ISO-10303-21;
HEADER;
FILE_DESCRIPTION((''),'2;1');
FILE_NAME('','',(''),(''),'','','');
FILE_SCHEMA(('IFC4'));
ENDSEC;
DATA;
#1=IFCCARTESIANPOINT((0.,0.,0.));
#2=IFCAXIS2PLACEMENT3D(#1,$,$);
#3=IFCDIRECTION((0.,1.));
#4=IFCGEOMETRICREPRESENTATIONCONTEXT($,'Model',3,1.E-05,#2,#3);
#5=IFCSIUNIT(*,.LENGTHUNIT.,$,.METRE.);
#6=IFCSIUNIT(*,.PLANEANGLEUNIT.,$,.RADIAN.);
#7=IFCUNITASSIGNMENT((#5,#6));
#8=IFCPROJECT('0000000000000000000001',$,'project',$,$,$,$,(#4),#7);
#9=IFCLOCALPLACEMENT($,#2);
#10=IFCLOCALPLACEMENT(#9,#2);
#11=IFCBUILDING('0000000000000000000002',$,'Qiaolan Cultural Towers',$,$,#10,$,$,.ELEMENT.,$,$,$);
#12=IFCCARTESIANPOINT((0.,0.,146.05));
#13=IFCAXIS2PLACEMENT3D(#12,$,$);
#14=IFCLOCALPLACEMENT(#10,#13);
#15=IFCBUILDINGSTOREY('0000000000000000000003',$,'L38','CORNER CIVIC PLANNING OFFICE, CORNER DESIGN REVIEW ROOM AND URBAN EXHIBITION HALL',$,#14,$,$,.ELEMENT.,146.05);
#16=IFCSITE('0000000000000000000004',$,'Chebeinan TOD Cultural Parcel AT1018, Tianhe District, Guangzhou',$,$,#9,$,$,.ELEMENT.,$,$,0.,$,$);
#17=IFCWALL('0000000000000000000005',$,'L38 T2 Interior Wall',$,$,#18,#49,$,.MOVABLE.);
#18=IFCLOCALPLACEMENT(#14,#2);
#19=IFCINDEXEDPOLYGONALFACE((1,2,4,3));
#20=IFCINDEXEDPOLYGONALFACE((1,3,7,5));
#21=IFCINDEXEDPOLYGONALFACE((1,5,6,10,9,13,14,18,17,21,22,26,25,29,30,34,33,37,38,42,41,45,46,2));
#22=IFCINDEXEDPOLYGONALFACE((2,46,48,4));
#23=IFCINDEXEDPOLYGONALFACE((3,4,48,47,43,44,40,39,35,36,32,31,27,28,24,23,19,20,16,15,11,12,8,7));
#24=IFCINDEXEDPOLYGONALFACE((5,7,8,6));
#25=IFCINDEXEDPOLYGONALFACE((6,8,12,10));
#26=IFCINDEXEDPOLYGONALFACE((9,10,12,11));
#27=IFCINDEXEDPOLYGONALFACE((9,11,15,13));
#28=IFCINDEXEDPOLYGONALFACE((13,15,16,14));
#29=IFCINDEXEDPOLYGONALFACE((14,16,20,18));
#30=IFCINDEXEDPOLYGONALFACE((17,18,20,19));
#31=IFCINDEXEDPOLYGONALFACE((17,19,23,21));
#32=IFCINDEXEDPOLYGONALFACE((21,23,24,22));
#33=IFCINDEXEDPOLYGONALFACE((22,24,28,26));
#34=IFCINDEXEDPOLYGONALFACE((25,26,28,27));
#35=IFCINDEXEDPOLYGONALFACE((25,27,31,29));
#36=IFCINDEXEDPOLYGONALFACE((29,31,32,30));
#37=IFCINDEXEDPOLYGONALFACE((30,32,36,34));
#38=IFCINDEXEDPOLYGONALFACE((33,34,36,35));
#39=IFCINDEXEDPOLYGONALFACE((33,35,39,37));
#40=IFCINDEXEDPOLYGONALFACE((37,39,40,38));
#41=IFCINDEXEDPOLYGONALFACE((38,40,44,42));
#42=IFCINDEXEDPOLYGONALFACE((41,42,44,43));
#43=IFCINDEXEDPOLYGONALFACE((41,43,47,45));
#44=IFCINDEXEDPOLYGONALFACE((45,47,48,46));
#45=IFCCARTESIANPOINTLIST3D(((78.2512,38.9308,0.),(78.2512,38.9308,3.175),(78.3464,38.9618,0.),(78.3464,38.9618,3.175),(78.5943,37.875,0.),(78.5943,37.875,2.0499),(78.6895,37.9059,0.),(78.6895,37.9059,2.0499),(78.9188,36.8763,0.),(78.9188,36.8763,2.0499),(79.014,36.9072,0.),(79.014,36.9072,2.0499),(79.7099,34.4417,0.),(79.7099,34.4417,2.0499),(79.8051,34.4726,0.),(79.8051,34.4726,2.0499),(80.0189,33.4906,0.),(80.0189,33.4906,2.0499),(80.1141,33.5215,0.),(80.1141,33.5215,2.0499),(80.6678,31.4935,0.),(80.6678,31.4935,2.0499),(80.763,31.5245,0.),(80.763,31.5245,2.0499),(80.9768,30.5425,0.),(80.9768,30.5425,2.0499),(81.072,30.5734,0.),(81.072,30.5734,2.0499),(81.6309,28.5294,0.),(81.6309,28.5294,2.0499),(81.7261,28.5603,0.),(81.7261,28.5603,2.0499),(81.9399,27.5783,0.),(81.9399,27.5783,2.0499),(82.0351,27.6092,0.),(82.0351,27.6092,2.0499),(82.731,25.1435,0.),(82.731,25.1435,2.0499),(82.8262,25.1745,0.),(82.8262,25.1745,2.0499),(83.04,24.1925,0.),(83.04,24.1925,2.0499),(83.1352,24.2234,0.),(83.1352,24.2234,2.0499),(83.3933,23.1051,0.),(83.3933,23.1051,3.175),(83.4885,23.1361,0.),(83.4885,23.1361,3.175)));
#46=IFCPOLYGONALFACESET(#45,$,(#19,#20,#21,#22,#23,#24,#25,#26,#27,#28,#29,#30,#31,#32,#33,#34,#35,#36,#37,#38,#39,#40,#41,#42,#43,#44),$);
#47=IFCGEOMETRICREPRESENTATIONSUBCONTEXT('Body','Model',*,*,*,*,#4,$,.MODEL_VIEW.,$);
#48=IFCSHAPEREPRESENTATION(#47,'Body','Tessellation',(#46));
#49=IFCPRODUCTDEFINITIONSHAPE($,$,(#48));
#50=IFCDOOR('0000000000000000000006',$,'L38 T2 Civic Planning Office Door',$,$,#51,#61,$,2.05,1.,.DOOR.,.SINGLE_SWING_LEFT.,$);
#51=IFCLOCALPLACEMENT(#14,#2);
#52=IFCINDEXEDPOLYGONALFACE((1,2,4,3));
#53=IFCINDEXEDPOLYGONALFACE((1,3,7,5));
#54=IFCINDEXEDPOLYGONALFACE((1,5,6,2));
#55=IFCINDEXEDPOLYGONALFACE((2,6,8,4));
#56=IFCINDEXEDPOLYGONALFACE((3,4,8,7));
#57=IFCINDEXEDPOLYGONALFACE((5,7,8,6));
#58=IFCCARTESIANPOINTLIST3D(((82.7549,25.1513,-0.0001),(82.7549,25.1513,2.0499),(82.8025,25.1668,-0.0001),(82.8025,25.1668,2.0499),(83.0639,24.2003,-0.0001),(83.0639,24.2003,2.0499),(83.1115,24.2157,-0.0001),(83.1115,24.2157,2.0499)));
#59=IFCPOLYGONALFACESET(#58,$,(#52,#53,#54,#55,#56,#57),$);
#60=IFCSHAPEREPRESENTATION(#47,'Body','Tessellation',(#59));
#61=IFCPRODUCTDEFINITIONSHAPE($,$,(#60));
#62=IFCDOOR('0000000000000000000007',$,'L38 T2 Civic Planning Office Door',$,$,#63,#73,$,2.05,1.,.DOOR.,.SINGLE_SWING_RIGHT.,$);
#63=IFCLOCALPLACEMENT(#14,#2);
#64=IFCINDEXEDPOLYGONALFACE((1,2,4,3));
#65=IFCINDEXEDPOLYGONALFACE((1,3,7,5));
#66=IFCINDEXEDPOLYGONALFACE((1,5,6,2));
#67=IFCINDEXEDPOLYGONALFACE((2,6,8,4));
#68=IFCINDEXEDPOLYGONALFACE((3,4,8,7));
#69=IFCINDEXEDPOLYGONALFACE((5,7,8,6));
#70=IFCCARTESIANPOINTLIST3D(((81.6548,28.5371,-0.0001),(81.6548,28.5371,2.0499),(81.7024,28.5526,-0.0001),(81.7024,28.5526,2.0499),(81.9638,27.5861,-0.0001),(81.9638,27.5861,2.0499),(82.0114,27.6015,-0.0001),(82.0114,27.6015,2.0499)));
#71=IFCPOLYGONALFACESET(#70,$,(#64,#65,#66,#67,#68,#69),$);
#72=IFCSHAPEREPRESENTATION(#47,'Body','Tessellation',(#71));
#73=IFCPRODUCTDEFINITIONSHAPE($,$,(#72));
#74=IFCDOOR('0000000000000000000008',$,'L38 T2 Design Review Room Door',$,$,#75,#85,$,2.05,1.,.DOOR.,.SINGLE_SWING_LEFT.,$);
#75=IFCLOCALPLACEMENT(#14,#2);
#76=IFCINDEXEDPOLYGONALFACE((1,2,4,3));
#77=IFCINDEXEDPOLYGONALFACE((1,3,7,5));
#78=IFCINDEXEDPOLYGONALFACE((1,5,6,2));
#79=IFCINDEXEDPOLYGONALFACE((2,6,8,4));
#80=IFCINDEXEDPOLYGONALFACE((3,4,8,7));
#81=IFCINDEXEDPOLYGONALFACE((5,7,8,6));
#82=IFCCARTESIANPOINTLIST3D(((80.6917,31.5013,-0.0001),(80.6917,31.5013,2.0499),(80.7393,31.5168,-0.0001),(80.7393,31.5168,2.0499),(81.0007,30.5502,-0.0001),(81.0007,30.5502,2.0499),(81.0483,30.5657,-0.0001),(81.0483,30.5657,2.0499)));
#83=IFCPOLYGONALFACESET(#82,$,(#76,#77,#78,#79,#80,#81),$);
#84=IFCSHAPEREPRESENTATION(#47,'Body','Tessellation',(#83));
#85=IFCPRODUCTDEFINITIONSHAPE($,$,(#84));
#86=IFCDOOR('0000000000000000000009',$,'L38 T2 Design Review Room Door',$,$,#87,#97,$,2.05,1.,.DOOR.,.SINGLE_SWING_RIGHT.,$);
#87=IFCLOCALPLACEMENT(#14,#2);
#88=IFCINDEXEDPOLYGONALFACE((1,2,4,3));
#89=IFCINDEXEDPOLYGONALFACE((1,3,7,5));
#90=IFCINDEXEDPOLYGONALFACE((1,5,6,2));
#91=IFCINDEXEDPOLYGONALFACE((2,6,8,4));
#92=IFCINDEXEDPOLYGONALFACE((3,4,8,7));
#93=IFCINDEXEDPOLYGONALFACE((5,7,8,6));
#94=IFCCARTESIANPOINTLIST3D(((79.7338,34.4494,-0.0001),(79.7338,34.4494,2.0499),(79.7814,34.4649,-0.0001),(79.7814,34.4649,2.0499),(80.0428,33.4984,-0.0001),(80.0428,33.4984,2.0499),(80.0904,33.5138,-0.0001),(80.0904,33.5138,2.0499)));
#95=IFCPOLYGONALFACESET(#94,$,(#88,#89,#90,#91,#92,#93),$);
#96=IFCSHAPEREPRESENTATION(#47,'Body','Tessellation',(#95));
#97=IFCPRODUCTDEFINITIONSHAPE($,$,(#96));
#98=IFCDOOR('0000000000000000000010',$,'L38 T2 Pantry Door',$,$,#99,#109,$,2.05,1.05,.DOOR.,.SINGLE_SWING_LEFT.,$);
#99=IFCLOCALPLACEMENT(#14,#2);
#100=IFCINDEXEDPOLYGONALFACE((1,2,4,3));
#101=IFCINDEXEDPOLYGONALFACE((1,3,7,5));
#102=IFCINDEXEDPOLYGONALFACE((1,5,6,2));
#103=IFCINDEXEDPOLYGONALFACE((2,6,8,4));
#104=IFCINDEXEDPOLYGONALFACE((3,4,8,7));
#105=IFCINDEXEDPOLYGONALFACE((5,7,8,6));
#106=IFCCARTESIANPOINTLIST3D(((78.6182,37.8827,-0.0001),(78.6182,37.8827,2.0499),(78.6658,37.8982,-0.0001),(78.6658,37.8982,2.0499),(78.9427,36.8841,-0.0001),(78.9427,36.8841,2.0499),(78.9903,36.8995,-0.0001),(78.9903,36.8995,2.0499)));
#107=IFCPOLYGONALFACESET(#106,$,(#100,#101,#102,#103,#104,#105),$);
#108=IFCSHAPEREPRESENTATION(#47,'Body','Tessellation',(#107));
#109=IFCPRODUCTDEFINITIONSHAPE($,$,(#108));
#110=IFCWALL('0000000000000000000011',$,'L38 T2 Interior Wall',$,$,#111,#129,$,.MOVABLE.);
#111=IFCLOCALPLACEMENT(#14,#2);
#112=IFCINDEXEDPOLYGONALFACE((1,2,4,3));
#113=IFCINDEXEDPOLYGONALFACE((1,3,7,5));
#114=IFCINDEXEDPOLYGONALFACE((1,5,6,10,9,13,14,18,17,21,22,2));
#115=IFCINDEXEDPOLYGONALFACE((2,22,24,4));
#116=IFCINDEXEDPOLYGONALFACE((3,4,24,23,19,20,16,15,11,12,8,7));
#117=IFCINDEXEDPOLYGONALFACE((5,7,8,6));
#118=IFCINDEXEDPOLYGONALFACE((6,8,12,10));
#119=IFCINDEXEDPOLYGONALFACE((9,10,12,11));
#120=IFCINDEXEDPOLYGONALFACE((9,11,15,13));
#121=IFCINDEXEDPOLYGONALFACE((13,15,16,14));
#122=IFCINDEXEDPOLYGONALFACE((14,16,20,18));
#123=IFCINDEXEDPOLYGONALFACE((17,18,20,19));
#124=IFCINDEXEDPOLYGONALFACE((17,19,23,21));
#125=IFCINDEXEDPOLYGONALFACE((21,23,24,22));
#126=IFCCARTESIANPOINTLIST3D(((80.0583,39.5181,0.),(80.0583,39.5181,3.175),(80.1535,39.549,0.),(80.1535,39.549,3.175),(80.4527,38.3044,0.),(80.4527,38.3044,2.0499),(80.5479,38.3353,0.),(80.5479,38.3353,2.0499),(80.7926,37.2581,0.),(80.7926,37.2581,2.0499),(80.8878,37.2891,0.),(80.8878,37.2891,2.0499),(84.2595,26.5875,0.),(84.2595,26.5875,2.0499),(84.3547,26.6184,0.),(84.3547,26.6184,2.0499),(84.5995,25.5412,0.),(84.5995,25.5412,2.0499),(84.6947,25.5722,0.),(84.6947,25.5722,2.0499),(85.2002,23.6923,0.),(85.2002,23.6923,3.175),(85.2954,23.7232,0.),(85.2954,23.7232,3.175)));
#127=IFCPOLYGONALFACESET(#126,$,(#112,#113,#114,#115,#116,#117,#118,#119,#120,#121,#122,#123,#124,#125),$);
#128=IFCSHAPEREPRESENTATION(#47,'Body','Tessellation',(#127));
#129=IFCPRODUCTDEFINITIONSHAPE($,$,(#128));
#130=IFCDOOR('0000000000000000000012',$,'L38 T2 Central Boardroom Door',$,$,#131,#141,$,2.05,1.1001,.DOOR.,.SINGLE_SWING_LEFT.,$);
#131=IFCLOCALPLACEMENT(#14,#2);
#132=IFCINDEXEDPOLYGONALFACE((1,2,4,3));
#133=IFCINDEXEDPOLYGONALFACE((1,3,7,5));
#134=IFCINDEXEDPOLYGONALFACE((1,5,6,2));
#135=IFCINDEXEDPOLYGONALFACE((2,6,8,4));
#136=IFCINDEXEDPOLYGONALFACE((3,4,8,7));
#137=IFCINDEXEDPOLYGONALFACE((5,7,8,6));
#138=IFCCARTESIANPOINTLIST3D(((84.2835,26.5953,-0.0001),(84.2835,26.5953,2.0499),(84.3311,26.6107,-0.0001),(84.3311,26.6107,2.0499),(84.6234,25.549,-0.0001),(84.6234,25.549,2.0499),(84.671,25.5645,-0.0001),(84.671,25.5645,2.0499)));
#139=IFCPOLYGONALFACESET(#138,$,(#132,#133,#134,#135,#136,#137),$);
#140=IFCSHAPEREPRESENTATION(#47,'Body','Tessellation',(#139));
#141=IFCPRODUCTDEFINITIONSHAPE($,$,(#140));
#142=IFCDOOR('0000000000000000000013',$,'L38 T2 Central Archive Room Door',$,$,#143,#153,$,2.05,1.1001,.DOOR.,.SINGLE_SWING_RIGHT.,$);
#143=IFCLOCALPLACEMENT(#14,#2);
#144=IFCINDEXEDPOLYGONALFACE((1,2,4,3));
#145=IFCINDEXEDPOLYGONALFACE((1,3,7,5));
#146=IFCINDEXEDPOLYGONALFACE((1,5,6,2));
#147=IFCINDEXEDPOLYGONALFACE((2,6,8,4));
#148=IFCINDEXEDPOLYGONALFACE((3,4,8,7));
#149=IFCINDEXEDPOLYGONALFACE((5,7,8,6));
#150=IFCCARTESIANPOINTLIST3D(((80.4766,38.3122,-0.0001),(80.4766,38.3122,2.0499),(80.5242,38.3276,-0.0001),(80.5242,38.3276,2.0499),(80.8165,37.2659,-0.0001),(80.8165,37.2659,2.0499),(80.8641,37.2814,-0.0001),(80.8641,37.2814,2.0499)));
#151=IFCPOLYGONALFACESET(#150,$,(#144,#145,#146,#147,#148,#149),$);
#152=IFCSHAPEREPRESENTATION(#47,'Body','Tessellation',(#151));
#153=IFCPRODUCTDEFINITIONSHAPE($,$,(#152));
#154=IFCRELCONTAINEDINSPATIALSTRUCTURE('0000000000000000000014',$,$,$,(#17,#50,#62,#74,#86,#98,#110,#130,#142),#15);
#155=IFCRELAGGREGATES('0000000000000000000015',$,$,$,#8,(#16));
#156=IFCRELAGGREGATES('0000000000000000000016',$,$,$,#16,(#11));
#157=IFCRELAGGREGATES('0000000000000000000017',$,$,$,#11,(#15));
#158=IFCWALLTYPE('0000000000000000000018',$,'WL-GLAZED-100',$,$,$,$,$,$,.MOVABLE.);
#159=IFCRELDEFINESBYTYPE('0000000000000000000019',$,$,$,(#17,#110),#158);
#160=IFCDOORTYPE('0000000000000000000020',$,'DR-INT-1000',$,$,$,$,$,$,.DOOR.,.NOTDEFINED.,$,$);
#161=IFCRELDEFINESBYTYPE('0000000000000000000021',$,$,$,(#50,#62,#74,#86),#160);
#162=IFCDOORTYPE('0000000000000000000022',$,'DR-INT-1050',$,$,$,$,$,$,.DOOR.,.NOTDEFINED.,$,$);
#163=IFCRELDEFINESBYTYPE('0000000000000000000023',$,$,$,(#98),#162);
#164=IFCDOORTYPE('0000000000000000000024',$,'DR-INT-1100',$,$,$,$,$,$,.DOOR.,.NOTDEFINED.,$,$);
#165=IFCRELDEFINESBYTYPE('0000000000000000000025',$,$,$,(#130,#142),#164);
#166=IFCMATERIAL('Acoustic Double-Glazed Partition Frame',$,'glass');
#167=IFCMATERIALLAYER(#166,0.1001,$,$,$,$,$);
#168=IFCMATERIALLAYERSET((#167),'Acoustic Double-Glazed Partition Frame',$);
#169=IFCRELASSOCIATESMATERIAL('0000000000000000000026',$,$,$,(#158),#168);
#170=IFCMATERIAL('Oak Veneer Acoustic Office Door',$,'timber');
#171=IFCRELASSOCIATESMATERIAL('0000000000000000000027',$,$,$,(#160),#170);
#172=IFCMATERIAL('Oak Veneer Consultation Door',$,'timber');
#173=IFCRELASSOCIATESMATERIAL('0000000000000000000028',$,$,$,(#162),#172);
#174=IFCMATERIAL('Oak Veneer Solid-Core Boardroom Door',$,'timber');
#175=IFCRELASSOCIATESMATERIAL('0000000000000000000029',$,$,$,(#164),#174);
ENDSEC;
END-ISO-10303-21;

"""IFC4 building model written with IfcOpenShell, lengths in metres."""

from ifc_helpers import new_model, si_unit, direction, frame, frame_2d, origin, place, context, subcontext, project, spatial, rectangle, extrude, material, layer, layer_set, type_object, element, fill, save


model = new_model("IFC4")

# Units and contexts
model_context = context("Model", 3, precision=1e-05, world=origin(), true_north=direction((0.0, 1.0)))
body_context = subcontext(model_context, "Body", "Model", "MODEL_VIEW")
ifc_project = project(units=[si_unit("LENGTHUNIT", "METRE"), si_unit("PLANEANGLEUNIT", "RADIAN")], contexts=[model_context])

# Site, building, storey
site_placement = place(None, origin())
site = spatial("IfcSite", under=ifc_project, at=site_placement, Name="Chebeinan TOD Cultural Parcel AT1018, Tianhe District, Guangzhou", CompositionType="ELEMENT", RefElevation=0.0)
building_placement = place(site_placement, origin())
building = spatial("IfcBuilding", under=site, at=building_placement, Name="Qiaolan Cultural Towers", CompositionType="ELEMENT")
storey_placement = place(building_placement, frame((0.0, 0.0, 146.05)))
storey = spatial("IfcBuildingStorey", under=building, at=storey_placement, Name="L38", Description="CORNER CIVIC PLANNING OFFICE, CORNER DESIGN REVIEW ROOM AND URBAN EXHIBITION HALL", CompositionType="ELEMENT", Elevation=146.05)

# Shared definitions
ifc_material_1 = material(Name="Acoustic Double-Glazed Partition Frame", Category="glass")
ifc_layer_1 = layer(ifc_material_1, 0.1001)
ifc_layer_set_1 = layer_set([ifc_layer_1], Name="Acoustic Double-Glazed Partition Frame")
wall_type_1 = type_object("IfcWallType", Name="WL-GLAZED-100", PredefinedType="MOVABLE", material=ifc_layer_set_1)

# Walls, openings, doors
wall_1_placement = place(storey_placement, frame((83.4409, 23.1206, 0.0), z_axis=(0.0, 0.0, 1.0), x_axis=(-0.309018, 0.951056, 0.0)))
wall_1 = element("IfcWall", 1, at=wall_1_placement, inside=storey, type_object=wall_type_1, Name="L38 T2 Interior Wall", PredefinedType="MOVABLE", context=body_context, shape_type="SweptSolid", body=[
    extrude(rectangle(XDim=16.6401, YDim=0.1001, at=frame_2d((8.3201, 0.0))), origin(), (0.0, 0.0, 1.0), 3.175),
])
opening_1_placement = place(wall_1_placement, frame((1.1433, 0.0, 0.0)))
opening_1 = element("IfcOpeningElement", 2, at=opening_1_placement, cuts=wall_1, PredefinedType="OPENING", context=body_context, shape_type="SweptSolid", body=[
    extrude(rectangle(XDim=1.0, YDim=2.05, at=frame_2d((0.5, 1.0249))), frame((0.0, 0.0601, 0.0), z_axis=(0.0, -1.0, 0.0), x_axis=(1.0, 0.0, 0.0)), (0.0, 0.0, 1.0), 0.1201),
])
opening_2_placement = place(wall_1_placement, frame((4.7034, 0.0, 0.0)))
opening_2 = element("IfcOpeningElement", 3, at=opening_2_placement, cuts=wall_1, PredefinedType="OPENING", context=body_context, shape_type="SweptSolid", body=[
    extrude(rectangle(XDim=1.0, YDim=2.05, at=frame_2d((0.5, 1.0249))), frame((0.0, 0.0601, 0.0), z_axis=(0.0, -1.0, 0.0), x_axis=(1.0, 0.0, 0.0)), (0.0, 0.0, 1.0), 0.1201),
])
opening_3_placement = place(wall_1_placement, frame((7.8201, 0.0, 0.0)))
opening_3 = element("IfcOpeningElement", 4, at=opening_3_placement, cuts=wall_1, PredefinedType="OPENING", context=body_context, shape_type="SweptSolid", body=[
    extrude(rectangle(XDim=1.0, YDim=2.05, at=frame_2d((0.5, 1.0249))), frame((0.0, 0.0601, 0.0), z_axis=(0.0, -1.0, 0.0), x_axis=(1.0, 0.0, 0.0)), (0.0, 0.0, 1.0), 0.1201),
])
opening_4_placement = place(wall_1_placement, frame((10.9199, 0.0, 0.0)))
opening_4 = element("IfcOpeningElement", 5, at=opening_4_placement, cuts=wall_1, PredefinedType="OPENING", context=body_context, shape_type="SweptSolid", body=[
    extrude(rectangle(XDim=1.0, YDim=2.05, at=frame_2d((0.5, 1.0249))), frame((0.0, 0.0601, 0.0), z_axis=(0.0, -1.0, 0.0), x_axis=(1.0, 0.0, 0.0)), (0.0, 0.0, 1.0), 0.1201),
])
opening_5_placement = place(wall_1_placement, frame((14.48, 0.0, 0.0)))
opening_5 = element("IfcOpeningElement", 6, at=opening_5_placement, cuts=wall_1, PredefinedType="OPENING", context=body_context, shape_type="SweptSolid", body=[
    extrude(rectangle(XDim=1.05, YDim=2.05, at=frame_2d((0.5249, 1.0249))), frame((0.0, 0.0601, 0.0), z_axis=(0.0, -1.0, 0.0), x_axis=(1.0, 0.0, 0.0)), (0.0, 0.0, 1.0), 0.1201),
])
ifc_material_2 = material(Name="Oak Veneer Acoustic Office Door", Category="timber")
door_type_1 = type_object("IfcDoorType", Name="DR-INT-1000", OperationType="NOTDEFINED", PredefinedType="DOOR", material=ifc_material_2)
door_1_placement = place(opening_1_placement, origin())
door_1 = element("IfcDoor", 7, at=door_1_placement, inside=storey, type_object=door_type_1, Name="L38 T2 Civic Planning Office Door", OperationType="SINGLE_SWING_LEFT", OverallHeight=2.05, OverallWidth=1.0, PredefinedType="DOOR", context=body_context, shape_type="SweptSolid", body=[
    extrude(rectangle(XDim=1.0, YDim=2.05, at=frame_2d((0.5, 1.0249))), frame((0.0, 0.0249, 0.0), z_axis=(0.0, -1.0, 0.0), x_axis=(1.0, 0.0, 0.0)), (0.0, 0.0, 1.0), 0.05),
])
fill(opening_1, door_1)
door_2_placement = place(opening_2_placement, origin())
door_2 = element("IfcDoor", 8, at=door_2_placement, inside=storey, type_object=door_type_1, Name="L38 T2 Civic Planning Office Door", OperationType="SINGLE_SWING_RIGHT", OverallHeight=2.05, OverallWidth=1.0, PredefinedType="DOOR", context=body_context, shape_type="SweptSolid", body=[
    extrude(rectangle(XDim=1.0, YDim=2.05, at=frame_2d((0.5, 1.0249))), frame((0.0, 0.0249, 0.0), z_axis=(0.0, -1.0, 0.0), x_axis=(1.0, 0.0, 0.0)), (0.0, 0.0, 1.0), 0.05),
])
fill(opening_2, door_2)
door_3_placement = place(opening_3_placement, origin())
door_3 = element("IfcDoor", 9, at=door_3_placement, inside=storey, type_object=door_type_1, Name="L38 T2 Design Review Room Door", OperationType="SINGLE_SWING_LEFT", OverallHeight=2.05, OverallWidth=1.0, PredefinedType="DOOR", context=body_context, shape_type="SweptSolid", body=[
    extrude(rectangle(XDim=1.0, YDim=2.05, at=frame_2d((0.5, 1.0249))), frame((0.0, 0.0249, 0.0), z_axis=(0.0, -1.0, 0.0), x_axis=(1.0, 0.0, 0.0)), (0.0, 0.0, 1.0), 0.05),
])
fill(opening_3, door_3)
door_4_placement = place(opening_4_placement, origin())
door_4 = element("IfcDoor", 10, at=door_4_placement, inside=storey, type_object=door_type_1, Name="L38 T2 Design Review Room Door", OperationType="SINGLE_SWING_RIGHT", OverallHeight=2.05, OverallWidth=1.0, PredefinedType="DOOR", context=body_context, shape_type="SweptSolid", body=[
    extrude(rectangle(XDim=1.0, YDim=2.05, at=frame_2d((0.5, 1.0249))), frame((0.0, 0.0249, 0.0), z_axis=(0.0, -1.0, 0.0), x_axis=(1.0, 0.0, 0.0)), (0.0, 0.0, 1.0), 0.05),
])
fill(opening_4, door_4)
ifc_material_3 = material(Name="Oak Veneer Consultation Door", Category="timber")
door_type_2 = type_object("IfcDoorType", Name="DR-INT-1050", OperationType="NOTDEFINED", PredefinedType="DOOR", material=ifc_material_3)
door_5_placement = place(opening_5_placement, origin())
door_5 = element("IfcDoor", 11, at=door_5_placement, inside=storey, type_object=door_type_2, Name="L38 T2 Pantry Door", OperationType="SINGLE_SWING_LEFT", OverallHeight=2.05, OverallWidth=1.05, PredefinedType="DOOR", context=body_context, shape_type="SweptSolid", body=[
    extrude(rectangle(XDim=1.05, YDim=2.05, at=frame_2d((0.5249, 1.0249))), frame((0.0, 0.0249, 0.0), z_axis=(0.0, -1.0, 0.0), x_axis=(1.0, 0.0, 0.0)), (0.0, 0.0, 1.0), 0.05),
])
fill(opening_5, door_5)
wall_2_placement = place(storey_placement, frame((85.2478, 23.7078, 0.0), z_axis=(0.0, 0.0, 1.0), x_axis=(-0.309004, 0.951061, 0.0)))
wall_2 = element("IfcWall", 12, at=wall_2_placement, inside=storey, type_object=wall_type_1, Name="L38 T2 Interior Wall", PredefinedType="MOVABLE", context=body_context, shape_type="SweptSolid", body=[
    extrude(rectangle(XDim=16.6401, YDim=0.1001, at=frame_2d((8.3201, 0.0))), origin(), (0.0, 0.0, 1.0), 3.175),
])
opening_6_placement = place(wall_2_placement, frame((1.9441, 0.0, 0.0)))
opening_6 = element("IfcOpeningElement", 13, at=opening_6_placement, cuts=wall_2, PredefinedType="OPENING", context=body_context, shape_type="SweptSolid", body=[
    extrude(rectangle(XDim=1.1001, YDim=2.05, at=frame_2d((0.55, 1.0249))), frame((0.0, 0.0601, 0.0), z_axis=(0.0, -1.0, 0.0), x_axis=(1.0, 0.0, 0.0)), (0.0, 0.0, 1.0), 0.1201),
])
opening_7_placement = place(wall_2_placement, frame((14.2639, 0.0, 0.0)))
opening_7 = element("IfcOpeningElement", 14, at=opening_7_placement, cuts=wall_2, PredefinedType="OPENING", context=body_context, shape_type="SweptSolid", body=[
    extrude(rectangle(XDim=1.1001, YDim=2.05, at=frame_2d((0.55, 1.0249))), frame((0.0, 0.0601, 0.0), z_axis=(0.0, -1.0, 0.0), x_axis=(1.0, 0.0, 0.0)), (0.0, 0.0, 1.0), 0.1201),
])
ifc_material_4 = material(Name="Oak Veneer Solid-Core Boardroom Door", Category="timber")
door_type_3 = type_object("IfcDoorType", Name="DR-INT-1100", OperationType="NOTDEFINED", PredefinedType="DOOR", material=ifc_material_4)
door_6_placement = place(opening_6_placement, origin())
door_6 = element("IfcDoor", 15, at=door_6_placement, inside=storey, type_object=door_type_3, Name="L38 T2 Central Boardroom Door", OperationType="SINGLE_SWING_LEFT", OverallHeight=2.05, OverallWidth=1.1001, PredefinedType="DOOR", context=body_context, shape_type="SweptSolid", body=[
    extrude(rectangle(XDim=1.1001, YDim=2.05, at=frame_2d((0.55, 1.0249))), frame((0.0, 0.0249, 0.0), z_axis=(0.0, -1.0, 0.0), x_axis=(1.0, 0.0, 0.0)), (0.0, 0.0, 1.0), 0.05),
])
fill(opening_6, door_6)
door_7_placement = place(opening_7_placement, origin())
door_7 = element("IfcDoor", 16, at=door_7_placement, inside=storey, type_object=door_type_3, Name="L38 T2 Central Archive Room Door", OperationType="SINGLE_SWING_RIGHT", OverallHeight=2.05, OverallWidth=1.1001, PredefinedType="DOOR", context=body_context, shape_type="SweptSolid", body=[
    extrude(rectangle(XDim=1.1001, YDim=2.05, at=frame_2d((0.55, 1.0249))), frame((0.0, 0.0249, 0.0), z_axis=(0.0, -1.0, 0.0), x_axis=(1.0, 0.0, 0.0)), (0.0, 0.0, 1.0), 0.05),
])
fill(opening_7, door_7)

save(model, "model.ifc")
